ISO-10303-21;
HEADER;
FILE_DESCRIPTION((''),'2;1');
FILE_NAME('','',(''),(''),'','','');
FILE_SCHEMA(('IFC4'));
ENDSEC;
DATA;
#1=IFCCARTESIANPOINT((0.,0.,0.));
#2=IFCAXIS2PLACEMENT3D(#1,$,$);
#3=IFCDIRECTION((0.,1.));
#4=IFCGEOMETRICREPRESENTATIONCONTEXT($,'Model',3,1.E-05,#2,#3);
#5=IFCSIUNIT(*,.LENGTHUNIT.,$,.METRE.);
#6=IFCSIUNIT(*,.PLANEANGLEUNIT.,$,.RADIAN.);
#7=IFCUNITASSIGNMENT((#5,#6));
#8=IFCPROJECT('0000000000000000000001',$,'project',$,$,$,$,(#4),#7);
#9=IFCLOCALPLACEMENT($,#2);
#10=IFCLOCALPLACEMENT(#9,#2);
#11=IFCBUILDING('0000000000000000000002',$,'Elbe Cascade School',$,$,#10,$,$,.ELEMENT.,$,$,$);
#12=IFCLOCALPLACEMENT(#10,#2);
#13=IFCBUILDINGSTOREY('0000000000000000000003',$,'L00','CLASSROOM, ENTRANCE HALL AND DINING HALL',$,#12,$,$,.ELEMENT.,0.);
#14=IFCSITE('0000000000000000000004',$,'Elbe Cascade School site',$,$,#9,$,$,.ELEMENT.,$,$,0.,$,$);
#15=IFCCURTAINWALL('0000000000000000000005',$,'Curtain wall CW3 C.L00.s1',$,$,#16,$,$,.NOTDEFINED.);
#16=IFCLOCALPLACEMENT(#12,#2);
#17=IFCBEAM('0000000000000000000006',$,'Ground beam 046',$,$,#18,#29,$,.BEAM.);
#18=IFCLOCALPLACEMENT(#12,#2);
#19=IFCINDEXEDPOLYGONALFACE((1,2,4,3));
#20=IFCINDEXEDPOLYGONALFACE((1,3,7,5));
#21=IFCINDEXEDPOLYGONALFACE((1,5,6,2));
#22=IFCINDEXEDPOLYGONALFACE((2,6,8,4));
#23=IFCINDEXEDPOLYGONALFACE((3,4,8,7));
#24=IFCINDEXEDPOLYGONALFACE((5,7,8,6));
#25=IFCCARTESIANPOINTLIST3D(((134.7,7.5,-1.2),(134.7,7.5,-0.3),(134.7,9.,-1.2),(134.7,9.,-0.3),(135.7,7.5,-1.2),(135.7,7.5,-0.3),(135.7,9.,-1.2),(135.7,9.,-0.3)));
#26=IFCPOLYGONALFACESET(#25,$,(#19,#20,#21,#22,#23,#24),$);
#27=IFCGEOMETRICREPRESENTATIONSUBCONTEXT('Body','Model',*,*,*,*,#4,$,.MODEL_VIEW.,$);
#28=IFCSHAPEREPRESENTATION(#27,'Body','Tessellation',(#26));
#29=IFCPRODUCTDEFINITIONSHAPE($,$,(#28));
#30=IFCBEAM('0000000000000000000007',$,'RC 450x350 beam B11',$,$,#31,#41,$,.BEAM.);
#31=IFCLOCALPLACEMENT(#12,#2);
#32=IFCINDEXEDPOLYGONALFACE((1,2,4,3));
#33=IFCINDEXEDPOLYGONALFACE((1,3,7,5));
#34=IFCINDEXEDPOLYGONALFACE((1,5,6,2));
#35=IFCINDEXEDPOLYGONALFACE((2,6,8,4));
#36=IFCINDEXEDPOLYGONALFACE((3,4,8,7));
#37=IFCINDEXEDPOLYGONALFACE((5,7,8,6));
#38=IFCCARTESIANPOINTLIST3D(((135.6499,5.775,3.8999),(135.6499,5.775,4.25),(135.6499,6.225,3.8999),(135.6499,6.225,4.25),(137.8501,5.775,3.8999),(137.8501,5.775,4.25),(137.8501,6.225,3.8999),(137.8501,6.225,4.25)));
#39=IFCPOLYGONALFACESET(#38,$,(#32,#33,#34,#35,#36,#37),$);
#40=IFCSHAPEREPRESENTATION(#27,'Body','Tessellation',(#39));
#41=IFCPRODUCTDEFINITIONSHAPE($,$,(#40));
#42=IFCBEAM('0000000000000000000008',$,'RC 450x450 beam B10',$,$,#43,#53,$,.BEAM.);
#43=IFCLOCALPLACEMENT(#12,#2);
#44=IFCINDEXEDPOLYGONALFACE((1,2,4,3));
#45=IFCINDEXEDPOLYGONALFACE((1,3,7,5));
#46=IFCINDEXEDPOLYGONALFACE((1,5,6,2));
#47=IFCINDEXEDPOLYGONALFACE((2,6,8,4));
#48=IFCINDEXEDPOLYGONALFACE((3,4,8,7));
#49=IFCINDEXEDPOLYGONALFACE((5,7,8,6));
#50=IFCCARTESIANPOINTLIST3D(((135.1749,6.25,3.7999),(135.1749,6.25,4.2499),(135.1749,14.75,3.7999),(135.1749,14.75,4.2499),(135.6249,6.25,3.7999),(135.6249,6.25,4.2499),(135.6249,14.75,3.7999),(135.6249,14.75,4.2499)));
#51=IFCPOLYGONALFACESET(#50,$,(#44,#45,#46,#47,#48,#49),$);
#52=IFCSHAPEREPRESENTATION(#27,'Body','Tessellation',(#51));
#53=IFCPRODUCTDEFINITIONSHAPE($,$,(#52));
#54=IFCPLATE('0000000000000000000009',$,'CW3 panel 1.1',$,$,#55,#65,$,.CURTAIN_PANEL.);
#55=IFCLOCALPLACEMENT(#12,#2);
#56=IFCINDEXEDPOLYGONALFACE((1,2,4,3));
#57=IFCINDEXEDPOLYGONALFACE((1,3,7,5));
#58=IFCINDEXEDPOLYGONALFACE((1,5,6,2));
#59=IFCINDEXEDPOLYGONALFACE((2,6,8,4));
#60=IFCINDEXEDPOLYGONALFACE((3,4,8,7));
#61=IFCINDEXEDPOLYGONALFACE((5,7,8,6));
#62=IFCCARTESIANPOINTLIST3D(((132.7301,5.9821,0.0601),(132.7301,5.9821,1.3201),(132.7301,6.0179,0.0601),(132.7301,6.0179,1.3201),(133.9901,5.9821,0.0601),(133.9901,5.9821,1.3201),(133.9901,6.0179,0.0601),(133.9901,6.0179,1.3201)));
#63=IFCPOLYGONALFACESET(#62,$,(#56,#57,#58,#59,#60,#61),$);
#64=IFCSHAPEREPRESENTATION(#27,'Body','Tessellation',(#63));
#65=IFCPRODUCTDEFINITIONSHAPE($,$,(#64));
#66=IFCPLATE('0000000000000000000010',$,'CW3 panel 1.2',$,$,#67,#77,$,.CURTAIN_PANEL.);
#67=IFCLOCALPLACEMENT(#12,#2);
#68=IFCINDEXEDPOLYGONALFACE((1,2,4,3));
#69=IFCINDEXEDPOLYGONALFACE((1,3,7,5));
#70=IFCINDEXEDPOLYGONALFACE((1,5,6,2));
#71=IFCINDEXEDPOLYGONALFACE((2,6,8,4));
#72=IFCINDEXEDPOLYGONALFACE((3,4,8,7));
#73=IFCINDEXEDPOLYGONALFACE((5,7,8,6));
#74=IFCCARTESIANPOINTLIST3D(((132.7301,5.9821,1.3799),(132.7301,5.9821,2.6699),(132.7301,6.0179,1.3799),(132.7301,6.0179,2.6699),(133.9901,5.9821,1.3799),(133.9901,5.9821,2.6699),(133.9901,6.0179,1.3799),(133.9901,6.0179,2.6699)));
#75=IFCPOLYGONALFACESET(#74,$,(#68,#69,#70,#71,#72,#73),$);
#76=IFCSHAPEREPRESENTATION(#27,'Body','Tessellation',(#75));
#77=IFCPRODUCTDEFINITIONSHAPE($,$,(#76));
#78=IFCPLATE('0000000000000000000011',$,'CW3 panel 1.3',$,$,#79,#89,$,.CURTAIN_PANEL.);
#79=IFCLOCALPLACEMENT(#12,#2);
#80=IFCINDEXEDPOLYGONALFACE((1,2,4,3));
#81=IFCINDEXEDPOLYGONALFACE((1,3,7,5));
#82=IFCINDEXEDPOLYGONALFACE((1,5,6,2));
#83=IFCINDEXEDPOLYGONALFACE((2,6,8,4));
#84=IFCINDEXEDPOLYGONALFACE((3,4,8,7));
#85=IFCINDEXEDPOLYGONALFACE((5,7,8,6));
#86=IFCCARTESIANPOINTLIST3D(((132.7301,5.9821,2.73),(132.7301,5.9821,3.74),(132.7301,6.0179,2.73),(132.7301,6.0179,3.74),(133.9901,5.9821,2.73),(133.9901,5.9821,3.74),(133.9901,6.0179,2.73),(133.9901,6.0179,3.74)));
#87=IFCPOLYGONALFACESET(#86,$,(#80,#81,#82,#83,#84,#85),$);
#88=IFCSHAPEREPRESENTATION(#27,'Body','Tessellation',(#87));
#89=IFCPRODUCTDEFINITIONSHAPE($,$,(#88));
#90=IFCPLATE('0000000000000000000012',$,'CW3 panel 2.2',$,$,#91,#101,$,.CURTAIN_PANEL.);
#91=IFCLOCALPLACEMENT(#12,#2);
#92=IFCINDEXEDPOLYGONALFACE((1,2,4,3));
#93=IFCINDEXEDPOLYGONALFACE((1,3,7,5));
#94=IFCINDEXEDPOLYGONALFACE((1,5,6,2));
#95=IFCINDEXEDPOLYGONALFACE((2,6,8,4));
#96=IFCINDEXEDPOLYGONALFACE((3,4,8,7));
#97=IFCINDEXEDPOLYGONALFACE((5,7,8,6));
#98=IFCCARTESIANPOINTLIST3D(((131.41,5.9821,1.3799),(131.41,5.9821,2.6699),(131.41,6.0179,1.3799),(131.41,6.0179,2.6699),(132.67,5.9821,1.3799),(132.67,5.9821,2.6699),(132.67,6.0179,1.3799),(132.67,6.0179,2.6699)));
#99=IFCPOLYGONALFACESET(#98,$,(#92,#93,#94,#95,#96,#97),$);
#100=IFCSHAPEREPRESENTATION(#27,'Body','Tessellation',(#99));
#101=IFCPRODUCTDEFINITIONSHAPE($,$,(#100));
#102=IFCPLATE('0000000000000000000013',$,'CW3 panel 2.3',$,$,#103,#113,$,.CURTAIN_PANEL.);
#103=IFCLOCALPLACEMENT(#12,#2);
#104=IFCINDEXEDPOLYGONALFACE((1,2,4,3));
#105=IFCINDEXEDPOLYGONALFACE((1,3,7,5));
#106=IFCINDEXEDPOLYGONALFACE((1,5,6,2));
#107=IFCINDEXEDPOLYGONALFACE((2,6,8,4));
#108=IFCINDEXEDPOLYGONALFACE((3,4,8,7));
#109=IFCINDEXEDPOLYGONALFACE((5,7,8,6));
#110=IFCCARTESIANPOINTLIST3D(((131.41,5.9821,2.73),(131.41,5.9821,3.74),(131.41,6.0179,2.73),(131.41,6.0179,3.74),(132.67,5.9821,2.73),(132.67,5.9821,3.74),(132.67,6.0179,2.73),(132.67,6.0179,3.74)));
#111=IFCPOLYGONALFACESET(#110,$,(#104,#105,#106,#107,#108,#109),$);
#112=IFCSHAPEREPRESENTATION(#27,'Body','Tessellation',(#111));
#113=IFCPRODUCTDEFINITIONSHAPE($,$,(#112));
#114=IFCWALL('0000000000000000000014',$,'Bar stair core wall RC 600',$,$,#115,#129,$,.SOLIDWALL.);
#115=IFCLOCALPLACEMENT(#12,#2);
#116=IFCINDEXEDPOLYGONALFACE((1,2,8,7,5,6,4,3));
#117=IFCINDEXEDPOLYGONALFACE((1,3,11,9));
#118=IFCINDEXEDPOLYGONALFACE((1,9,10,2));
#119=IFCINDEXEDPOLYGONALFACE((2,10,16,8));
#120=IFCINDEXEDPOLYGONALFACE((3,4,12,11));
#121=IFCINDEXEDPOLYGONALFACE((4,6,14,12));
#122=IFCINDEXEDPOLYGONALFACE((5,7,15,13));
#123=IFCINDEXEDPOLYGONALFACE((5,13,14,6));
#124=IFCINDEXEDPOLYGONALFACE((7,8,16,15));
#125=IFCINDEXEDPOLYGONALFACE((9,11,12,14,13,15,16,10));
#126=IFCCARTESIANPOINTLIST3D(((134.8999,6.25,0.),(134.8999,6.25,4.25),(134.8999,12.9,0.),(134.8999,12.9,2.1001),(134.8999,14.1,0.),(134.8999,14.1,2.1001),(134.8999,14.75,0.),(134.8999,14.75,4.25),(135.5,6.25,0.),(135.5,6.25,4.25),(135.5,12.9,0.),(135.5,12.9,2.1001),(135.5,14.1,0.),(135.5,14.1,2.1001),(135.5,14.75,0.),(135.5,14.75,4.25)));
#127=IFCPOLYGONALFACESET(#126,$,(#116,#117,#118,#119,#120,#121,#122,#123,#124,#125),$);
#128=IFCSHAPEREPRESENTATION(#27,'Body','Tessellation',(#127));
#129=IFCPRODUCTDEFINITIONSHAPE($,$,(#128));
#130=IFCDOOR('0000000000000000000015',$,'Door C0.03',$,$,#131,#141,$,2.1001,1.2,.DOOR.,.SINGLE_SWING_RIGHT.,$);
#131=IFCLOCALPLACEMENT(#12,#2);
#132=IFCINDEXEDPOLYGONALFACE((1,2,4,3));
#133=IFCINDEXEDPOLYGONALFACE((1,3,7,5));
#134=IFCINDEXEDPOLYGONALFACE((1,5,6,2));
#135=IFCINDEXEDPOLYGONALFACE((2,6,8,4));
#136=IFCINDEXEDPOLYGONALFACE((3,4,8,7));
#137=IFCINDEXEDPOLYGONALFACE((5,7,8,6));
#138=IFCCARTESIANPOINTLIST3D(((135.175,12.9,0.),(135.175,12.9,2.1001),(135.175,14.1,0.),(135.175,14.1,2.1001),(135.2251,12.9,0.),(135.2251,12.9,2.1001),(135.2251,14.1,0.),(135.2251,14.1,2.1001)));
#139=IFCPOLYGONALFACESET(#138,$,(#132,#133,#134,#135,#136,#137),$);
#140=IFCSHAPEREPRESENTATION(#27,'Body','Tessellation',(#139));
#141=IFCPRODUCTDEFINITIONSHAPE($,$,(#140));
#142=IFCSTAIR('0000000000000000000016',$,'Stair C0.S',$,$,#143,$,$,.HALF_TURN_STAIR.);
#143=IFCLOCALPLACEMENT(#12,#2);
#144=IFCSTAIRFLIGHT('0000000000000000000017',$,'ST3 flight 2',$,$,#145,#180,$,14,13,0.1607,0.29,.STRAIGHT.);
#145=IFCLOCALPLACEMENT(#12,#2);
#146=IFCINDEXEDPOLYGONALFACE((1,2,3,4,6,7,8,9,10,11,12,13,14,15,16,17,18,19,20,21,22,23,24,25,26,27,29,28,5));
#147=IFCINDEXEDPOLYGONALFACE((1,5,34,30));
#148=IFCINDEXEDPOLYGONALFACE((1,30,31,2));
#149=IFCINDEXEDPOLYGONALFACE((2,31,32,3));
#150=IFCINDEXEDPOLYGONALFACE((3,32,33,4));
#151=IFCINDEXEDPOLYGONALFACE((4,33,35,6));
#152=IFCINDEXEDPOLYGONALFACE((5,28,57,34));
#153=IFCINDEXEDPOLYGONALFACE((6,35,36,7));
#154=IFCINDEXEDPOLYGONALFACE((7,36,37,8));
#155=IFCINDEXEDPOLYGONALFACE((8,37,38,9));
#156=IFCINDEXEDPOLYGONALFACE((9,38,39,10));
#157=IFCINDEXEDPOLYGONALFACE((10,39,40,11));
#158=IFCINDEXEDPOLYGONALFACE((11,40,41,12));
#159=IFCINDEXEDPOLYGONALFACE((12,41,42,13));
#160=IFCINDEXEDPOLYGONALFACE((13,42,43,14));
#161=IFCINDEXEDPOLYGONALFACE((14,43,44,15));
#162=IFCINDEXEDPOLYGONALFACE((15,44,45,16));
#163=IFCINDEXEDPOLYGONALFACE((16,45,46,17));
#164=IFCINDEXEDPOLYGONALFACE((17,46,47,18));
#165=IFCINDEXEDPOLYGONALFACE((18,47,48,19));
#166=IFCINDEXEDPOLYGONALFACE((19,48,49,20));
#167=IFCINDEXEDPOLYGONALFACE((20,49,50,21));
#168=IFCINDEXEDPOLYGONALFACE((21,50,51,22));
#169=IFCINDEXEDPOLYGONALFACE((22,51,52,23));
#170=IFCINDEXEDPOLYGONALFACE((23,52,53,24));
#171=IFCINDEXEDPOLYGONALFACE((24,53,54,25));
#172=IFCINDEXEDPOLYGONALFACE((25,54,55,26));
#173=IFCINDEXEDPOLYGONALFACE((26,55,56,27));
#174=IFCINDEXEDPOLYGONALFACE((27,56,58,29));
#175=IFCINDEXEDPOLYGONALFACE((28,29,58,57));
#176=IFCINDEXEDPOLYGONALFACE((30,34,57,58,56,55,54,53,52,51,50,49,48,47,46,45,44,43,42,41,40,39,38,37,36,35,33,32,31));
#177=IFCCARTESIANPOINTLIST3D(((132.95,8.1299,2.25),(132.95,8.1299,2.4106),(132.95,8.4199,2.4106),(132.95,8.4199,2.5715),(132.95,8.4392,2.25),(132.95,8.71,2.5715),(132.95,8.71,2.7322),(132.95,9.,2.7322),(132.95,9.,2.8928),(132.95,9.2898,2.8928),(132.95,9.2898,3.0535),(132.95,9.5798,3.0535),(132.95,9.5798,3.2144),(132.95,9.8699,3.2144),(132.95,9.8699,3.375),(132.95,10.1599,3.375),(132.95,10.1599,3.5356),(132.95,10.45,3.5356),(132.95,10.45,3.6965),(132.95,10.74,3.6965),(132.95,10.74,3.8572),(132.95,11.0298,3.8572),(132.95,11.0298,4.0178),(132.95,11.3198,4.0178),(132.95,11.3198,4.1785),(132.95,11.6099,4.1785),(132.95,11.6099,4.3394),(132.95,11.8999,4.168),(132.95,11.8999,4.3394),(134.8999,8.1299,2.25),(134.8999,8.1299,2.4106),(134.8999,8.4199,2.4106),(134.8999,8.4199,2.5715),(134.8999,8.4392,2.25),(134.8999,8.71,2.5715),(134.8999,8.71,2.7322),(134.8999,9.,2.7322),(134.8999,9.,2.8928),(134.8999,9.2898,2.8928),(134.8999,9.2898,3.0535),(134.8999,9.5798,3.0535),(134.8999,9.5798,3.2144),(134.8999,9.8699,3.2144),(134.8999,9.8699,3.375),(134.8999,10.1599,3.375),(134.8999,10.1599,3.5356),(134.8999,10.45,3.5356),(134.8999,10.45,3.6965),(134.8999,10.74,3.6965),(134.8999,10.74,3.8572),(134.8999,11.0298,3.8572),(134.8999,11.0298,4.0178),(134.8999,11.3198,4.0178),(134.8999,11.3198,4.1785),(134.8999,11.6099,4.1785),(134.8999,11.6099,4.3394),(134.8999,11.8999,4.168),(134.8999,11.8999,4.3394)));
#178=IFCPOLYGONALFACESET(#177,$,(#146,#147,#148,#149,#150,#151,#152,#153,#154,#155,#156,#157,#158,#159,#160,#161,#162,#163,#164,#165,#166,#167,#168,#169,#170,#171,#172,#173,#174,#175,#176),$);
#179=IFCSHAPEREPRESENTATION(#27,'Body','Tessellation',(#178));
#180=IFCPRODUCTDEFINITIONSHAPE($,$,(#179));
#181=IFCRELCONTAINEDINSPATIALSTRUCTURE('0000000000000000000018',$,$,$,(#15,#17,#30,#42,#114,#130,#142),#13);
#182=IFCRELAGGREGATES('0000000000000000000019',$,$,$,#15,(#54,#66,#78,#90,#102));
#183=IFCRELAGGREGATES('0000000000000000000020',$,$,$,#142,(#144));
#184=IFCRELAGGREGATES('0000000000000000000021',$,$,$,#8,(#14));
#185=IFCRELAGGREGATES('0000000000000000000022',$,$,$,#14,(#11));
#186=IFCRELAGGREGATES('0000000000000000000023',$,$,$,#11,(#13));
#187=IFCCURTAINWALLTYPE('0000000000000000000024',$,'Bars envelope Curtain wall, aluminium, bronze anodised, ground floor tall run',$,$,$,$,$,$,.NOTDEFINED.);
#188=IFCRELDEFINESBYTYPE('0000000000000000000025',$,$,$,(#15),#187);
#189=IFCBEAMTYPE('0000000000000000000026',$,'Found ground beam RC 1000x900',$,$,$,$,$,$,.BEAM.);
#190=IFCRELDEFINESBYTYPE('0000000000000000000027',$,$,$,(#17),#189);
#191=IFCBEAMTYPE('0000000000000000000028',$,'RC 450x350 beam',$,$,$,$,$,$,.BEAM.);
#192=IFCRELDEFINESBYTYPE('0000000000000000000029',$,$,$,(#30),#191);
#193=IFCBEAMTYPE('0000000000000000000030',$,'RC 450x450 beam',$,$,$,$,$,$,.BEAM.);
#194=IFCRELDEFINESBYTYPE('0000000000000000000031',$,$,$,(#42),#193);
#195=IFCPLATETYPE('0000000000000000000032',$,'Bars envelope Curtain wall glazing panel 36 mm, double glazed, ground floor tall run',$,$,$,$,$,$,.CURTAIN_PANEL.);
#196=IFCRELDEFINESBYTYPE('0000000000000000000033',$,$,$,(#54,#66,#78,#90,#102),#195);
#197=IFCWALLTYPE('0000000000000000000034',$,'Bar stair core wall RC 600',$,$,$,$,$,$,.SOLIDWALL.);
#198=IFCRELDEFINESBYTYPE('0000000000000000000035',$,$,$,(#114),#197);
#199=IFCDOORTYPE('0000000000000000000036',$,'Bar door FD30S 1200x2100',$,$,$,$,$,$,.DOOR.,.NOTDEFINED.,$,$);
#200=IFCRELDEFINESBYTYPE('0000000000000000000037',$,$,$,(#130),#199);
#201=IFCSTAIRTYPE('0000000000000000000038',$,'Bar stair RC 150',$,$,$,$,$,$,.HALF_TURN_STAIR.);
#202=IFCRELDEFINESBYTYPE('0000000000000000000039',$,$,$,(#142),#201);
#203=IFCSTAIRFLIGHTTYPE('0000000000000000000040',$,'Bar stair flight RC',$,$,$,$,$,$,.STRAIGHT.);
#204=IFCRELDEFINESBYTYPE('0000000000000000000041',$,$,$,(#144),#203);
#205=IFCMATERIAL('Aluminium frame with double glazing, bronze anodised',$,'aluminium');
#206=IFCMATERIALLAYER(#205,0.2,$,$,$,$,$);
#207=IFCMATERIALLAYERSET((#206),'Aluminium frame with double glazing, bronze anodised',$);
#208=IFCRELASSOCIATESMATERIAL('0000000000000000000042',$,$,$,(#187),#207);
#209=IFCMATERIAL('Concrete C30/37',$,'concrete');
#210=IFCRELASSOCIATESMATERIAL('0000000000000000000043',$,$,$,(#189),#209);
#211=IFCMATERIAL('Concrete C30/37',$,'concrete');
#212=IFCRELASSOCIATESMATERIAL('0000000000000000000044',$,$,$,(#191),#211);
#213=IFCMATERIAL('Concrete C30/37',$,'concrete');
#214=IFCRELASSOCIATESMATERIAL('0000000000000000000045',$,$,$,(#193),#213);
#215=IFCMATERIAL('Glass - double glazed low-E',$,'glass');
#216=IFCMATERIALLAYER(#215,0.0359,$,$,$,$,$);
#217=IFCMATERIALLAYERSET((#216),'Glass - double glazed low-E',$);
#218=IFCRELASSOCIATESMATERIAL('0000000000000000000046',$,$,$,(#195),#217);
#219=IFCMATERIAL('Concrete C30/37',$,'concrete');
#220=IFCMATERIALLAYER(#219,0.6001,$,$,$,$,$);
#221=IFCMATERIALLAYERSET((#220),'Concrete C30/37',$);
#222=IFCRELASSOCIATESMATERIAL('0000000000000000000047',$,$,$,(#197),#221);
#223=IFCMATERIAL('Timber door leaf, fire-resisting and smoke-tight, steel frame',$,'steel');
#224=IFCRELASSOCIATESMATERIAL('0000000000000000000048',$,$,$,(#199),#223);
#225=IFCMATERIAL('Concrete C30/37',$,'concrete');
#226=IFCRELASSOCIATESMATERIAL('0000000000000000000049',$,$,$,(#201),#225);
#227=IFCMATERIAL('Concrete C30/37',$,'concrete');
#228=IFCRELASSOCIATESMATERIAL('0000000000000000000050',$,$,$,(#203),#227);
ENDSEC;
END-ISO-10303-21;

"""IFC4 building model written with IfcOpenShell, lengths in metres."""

from ifc_helpers import new_model, si_unit, direction, frame, frame_2d, origin, origin_2d, place, context, subcontext, project, spatial, polyline, rectangle, outline, extrude, material, layer, layer_set, material_profile, profile_set, type_object, element, fill, aggregate, save


model = new_model("IFC4")

# Units and contexts
model_context = context("Model", 3, precision=1e-05, world=origin(), true_north=direction((0.0, 1.0)))
body_context = subcontext(model_context, "Body", "Model", "MODEL_VIEW")
ifc_project = project(units=[si_unit("LENGTHUNIT", "METRE"), si_unit("PLANEANGLEUNIT", "RADIAN")], contexts=[model_context])

# Site, building, storey
site_placement = place(None, origin())
site = spatial("IfcSite", under=ifc_project, at=site_placement, Name="Elbe Cascade School site", CompositionType="ELEMENT", RefElevation=0.0)
building_placement = place(site_placement, origin())
building = spatial("IfcBuilding", under=site, at=building_placement, Name="Elbe Cascade School", CompositionType="ELEMENT")
storey_placement = place(building_placement, origin())
storey = spatial("IfcBuildingStorey", under=building, at=storey_placement, Name="L00", Description="CLASSROOM, ENTRANCE HALL AND DINING HALL", CompositionType="ELEMENT", Elevation=0.0)

# Curtain wall
ifc_material_1 = material(Name="Aluminium frame with double glazing, bronze anodised", Category="aluminium")
ifc_layer_1 = layer(ifc_material_1, 0.2)
ifc_layer_set_1 = layer_set([ifc_layer_1], Name="Aluminium frame with double glazing, bronze anodised")
curtain_wall_type = type_object("IfcCurtainWallType", Name="Bars envelope Curtain wall, aluminium, bronze anodised, ground floor tall run", PredefinedType="NOTDEFINED", material=ifc_layer_set_1)
curtain_wall_placement = place(storey_placement, origin())
curtain_wall = element("IfcCurtainWall", 1, at=curtain_wall_placement, inside=storey, type_object=curtain_wall_type, Name="Curtain wall CW3 C.L00.s1", PredefinedType="NOTDEFINED")

# Beams
ifc_material_2 = material(Name="Concrete C30/37", Category="concrete")
ifc_material_profile_1 = material_profile(ifc_material_2, rectangle(XDim=1.0, YDim=0.8999, at=origin_2d()), Name="RC 1000x900")
ifc_profile_set_1 = profile_set([ifc_material_profile_1], Name="Concrete C30/37")
beam_type_1 = type_object("IfcBeamType", Name="Found ground beam RC 1000x900", PredefinedType="BEAM", material=ifc_profile_set_1)
beam_1_placement = place(storey_placement, frame((135.2, 7.5, -0.75), z_axis=(0.0, 1.0, 0.0), x_axis=(-1.0, 0.0, 0.0)))
element("IfcBeam", 2, at=beam_1_placement, inside=storey, type_object=beam_type_1, Name="Ground beam 046", PredefinedType="BEAM", context=body_context, shape_type="SweptSolid", body=[
    extrude(rectangle(XDim=1.0, YDim=0.8999, at=origin_2d()), origin(), (0.0, 0.0, 1.0), 1.5),
])
ifc_material_3 = material(Name="Concrete C30/37", Category="concrete")
ifc_material_profile_2 = material_profile(ifc_material_3, rectangle(XDim=0.45, YDim=0.3501, at=origin_2d()), Name="RC 450x350")
ifc_profile_set_2 = profile_set([ifc_material_profile_2], Name="Concrete C30/37")
beam_type_2 = type_object("IfcBeamType", Name="RC 450x350 beam", PredefinedType="BEAM", material=ifc_profile_set_2)
beam_2_placement = place(storey_placement, frame((135.6499, 6.0, 4.075), z_axis=(1.0, 0.0, 0.0), x_axis=(0.0, 1.0, 0.0)))
element("IfcBeam", 3, at=beam_2_placement, inside=storey, type_object=beam_type_2, Name="RC 450x350 beam B11", PredefinedType="BEAM", context=body_context, shape_type="SweptSolid", body=[
    extrude(rectangle(XDim=0.45, YDim=0.3501, at=origin_2d()), origin(), (0.0, 0.0, 1.0), 2.2002),
])
ifc_material_4 = material(Name="Concrete C30/37", Category="concrete")
ifc_material_profile_3 = material_profile(ifc_material_4, rectangle(XDim=0.45, YDim=0.45, at=origin_2d()), Name="RC 450x450")
ifc_profile_set_3 = profile_set([ifc_material_profile_3], Name="Concrete C30/37")
beam_type_3 = type_object("IfcBeamType", Name="RC 450x450 beam", PredefinedType="BEAM", material=ifc_profile_set_3)
beam_3_placement = place(storey_placement, frame((135.3999, 6.25, 4.0249), z_axis=(0.0, 1.0, 0.0), x_axis=(-1.0, 0.0, 0.0)))
element("IfcBeam", 4, at=beam_3_placement, inside=storey, type_object=beam_type_3, Name="RC 450x450 beam B10", PredefinedType="BEAM", context=body_context, shape_type="SweptSolid", body=[
    extrude(rectangle(XDim=0.45, YDim=0.45, at=origin_2d()), origin(), (0.0, 0.0, 1.0), 8.5),
])

# Plates
ifc_material_5 = material(Name="Glass - double glazed low-E", Category="glass")
ifc_layer_2 = layer(ifc_material_5, 0.0359)
ifc_layer_set_2 = layer_set([ifc_layer_2], Name="Glass - double glazed low-E")
plate_type = type_object("IfcPlateType", Name="Bars envelope Curtain wall glazing panel 36 mm, double glazed, ground floor tall run", PredefinedType="CURTAIN_PANEL", material=ifc_layer_set_2)
plate_1_placement = place(storey_placement, frame((133.3601, 6.0, 0.0601), z_axis=(0.0, 0.0, 1.0), x_axis=(-1.0, 0.0, 0.0)))
plate_1 = element("IfcPlate", 5, at=plate_1_placement, type_object=plate_type, Name="CW3 panel 1.1", PredefinedType="CURTAIN_PANEL", context=body_context, shape_type="SweptSolid", body=[
    extrude(rectangle(XDim=1.26, YDim=0.0359, at=origin_2d()), origin(), (0.0, 0.0, 1.0), 1.26),
])
plate_2_placement = place(storey_placement, frame((133.3601, 6.0, 1.3799), z_axis=(0.0, 0.0, 1.0), x_axis=(-1.0, 0.0, 0.0)))
plate_2 = element("IfcPlate", 6, at=plate_2_placement, type_object=plate_type, Name="CW3 panel 1.2", PredefinedType="CURTAIN_PANEL", context=body_context, shape_type="SweptSolid", body=[
    extrude(rectangle(XDim=1.26, YDim=0.0359, at=origin_2d()), origin(), (0.0, 0.0, 1.0), 1.29),
])
plate_3_placement = place(storey_placement, frame((133.3601, 6.0, 2.73), z_axis=(0.0, 0.0, 1.0), x_axis=(-1.0, 0.0, 0.0)))
plate_3 = element("IfcPlate", 7, at=plate_3_placement, type_object=plate_type, Name="CW3 panel 1.3", PredefinedType="CURTAIN_PANEL", context=body_context, shape_type="SweptSolid", body=[
    extrude(rectangle(XDim=1.26, YDim=0.0359, at=origin_2d()), origin(), (0.0, 0.0, 1.0), 1.01),
])
plate_4_placement = place(storey_placement, frame((132.04, 6.0, 1.3799), z_axis=(0.0, 0.0, 1.0), x_axis=(-1.0, 0.0, 0.0)))
plate_4 = element("IfcPlate", 8, at=plate_4_placement, type_object=plate_type, Name="CW3 panel 2.2", PredefinedType="CURTAIN_PANEL", context=body_context, shape_type="SweptSolid", body=[
    extrude(rectangle(XDim=1.26, YDim=0.0359, at=origin_2d()), origin(), (0.0, 0.0, 1.0), 1.29),
])
plate_5_placement = place(storey_placement, frame((132.04, 6.0, 2.73), z_axis=(0.0, 0.0, 1.0), x_axis=(-1.0, 0.0, 0.0)))
plate_5 = element("IfcPlate", 9, at=plate_5_placement, type_object=plate_type, Name="CW3 panel 2.3", PredefinedType="CURTAIN_PANEL", context=body_context, shape_type="SweptSolid", body=[
    extrude(rectangle(XDim=1.26, YDim=0.0359, at=origin_2d()), origin(), (0.0, 0.0, 1.0), 1.01),
])
aggregate(curtain_wall, [plate_1, plate_2, plate_3, plate_4, plate_5])

# Wall, opening, door
ifc_material_6 = material(Name="Concrete C30/37", Category="concrete")
ifc_layer_3 = layer(ifc_material_6, 0.6001)
ifc_layer_set_3 = layer_set([ifc_layer_3], Name="Concrete C30/37")
wall_type = type_object("IfcWallType", Name="Bar stair core wall RC 600", PredefinedType="SOLIDWALL", material=ifc_layer_set_3)
wall_placement = place(storey_placement, frame((135.2, 6.25, 0.0), z_axis=(0.0, 0.0, 1.0), x_axis=(0.0, 1.0, 0.0)))
wall = element("IfcWall", 10, at=wall_placement, inside=storey, type_object=wall_type, Name="Bar stair core wall RC 600", PredefinedType="SOLIDWALL", context=body_context, shape_type="SweptSolid", body=[
    extrude(rectangle(XDim=8.5, YDim=0.6001, at=frame_2d((4.25, 0.0))), origin(), (0.0, 0.0, 1.0), 4.25),
])
opening_placement = place(wall_placement, frame((6.6499, 0.0, 0.0)))
opening = element("IfcOpeningElement", 11, at=opening_placement, cuts=wall, PredefinedType="OPENING", context=body_context, shape_type="SweptSolid", body=[
    extrude(rectangle(XDim=1.2, YDim=2.1001, at=frame_2d((0.6001, 1.05))), frame((0.0, 0.3101, 0.0), z_axis=(0.0, -1.0, 0.0), x_axis=(1.0, 0.0, 0.0)), (0.0, 0.0, 1.0), 0.6201),
])
ifc_material_7 = material(Name="Timber door leaf, fire-resisting and smoke-tight, steel frame", Category="steel")
door_type = type_object("IfcDoorType", Name="Bar door FD30S 1200x2100", OperationType="NOTDEFINED", PredefinedType="DOOR", material=ifc_material_7)
door_placement = place(opening_placement, origin())
door = element("IfcDoor", 12, at=door_placement, inside=storey, type_object=door_type, Name="Door C0.03", OperationType="SINGLE_SWING_RIGHT", OverallHeight=2.1001, OverallWidth=1.2, PredefinedType="DOOR", context=body_context, shape_type="SweptSolid", body=[
    extrude(rectangle(XDim=1.2, YDim=2.1001, at=frame_2d((0.6001, 1.05))), frame((0.0, 0.0249, 0.0), z_axis=(0.0, -1.0, 0.0), x_axis=(1.0, 0.0, 0.0)), (0.0, 0.0, 1.0), 0.05),
])
fill(opening, door)

# Stair, stair flight
ifc_material_8 = material(Name="Concrete C30/37", Category="concrete")
stair_type = type_object("IfcStairType", Name="Bar stair RC 150", PredefinedType="HALF_TURN_STAIR", material=ifc_material_8)
stair_placement = place(storey_placement, origin())
stair = element("IfcStair", 13, at=stair_placement, inside=storey, type_object=stair_type, Name="Stair C0.S", PredefinedType="HALF_TURN_STAIR")
ifc_material_9 = material(Name="Concrete C30/37", Category="concrete")
stair_flight_type = type_object("IfcStairFlightType", Name="Bar stair flight RC", PredefinedType="STRAIGHT", material=ifc_material_9)
stair_flight_placement = place(storey_placement, frame((133.925, 8.1299, 2.25), z_axis=(0.0, 0.0, 1.0), x_axis=(0.0, 1.0, 0.0)))
stair_flight = element("IfcStairFlight", 14, at=stair_flight_placement, type_object=stair_flight_type, Name="ST3 flight 2", NumberOfRisers=14, NumberOfTreads=13, PredefinedType="STRAIGHT", RiserHeight=0.1607, TreadLength=0.29, context=body_context, shape_type="SweptSolid", body=[
    extrude(outline(polyline([(0.0, 0.0), (0.0, 0.1606), (0.29, 0.1606), (0.29, 0.3215), (0.5801, 0.3215), (0.5801, 0.4822), (0.8701, 0.4822), (0.8701, 0.6428), (1.1599, 0.6428), (1.1599, 0.8035), (1.45, 0.8035), (1.45, 0.9644), (1.74, 0.9644), (1.74, 1.125), (2.03, 1.125), (2.03, 1.2856), (2.3201, 1.2856), (2.3201, 1.4465), (2.6101, 1.4465), (2.6101, 1.6072), (2.8999, 1.6072), (2.8999, 1.7678), (3.1899, 1.7678), (3.1899, 1.9285), (3.48, 1.9285), (3.48, 2.0894), (3.77, 2.0894), (3.77, 2.25), (3.77, 1.918), (0.3093, 0.0), (0.0, 0.0)])), frame((0.0, 0.9751, 0.0), z_axis=(0.0, -1.0, 0.0), x_axis=(1.0, 0.0, 0.0)), (0.0, 0.0, 1.0), 1.95),
])
aggregate(stair, [stair_flight])

save(model, "model.ifc")
